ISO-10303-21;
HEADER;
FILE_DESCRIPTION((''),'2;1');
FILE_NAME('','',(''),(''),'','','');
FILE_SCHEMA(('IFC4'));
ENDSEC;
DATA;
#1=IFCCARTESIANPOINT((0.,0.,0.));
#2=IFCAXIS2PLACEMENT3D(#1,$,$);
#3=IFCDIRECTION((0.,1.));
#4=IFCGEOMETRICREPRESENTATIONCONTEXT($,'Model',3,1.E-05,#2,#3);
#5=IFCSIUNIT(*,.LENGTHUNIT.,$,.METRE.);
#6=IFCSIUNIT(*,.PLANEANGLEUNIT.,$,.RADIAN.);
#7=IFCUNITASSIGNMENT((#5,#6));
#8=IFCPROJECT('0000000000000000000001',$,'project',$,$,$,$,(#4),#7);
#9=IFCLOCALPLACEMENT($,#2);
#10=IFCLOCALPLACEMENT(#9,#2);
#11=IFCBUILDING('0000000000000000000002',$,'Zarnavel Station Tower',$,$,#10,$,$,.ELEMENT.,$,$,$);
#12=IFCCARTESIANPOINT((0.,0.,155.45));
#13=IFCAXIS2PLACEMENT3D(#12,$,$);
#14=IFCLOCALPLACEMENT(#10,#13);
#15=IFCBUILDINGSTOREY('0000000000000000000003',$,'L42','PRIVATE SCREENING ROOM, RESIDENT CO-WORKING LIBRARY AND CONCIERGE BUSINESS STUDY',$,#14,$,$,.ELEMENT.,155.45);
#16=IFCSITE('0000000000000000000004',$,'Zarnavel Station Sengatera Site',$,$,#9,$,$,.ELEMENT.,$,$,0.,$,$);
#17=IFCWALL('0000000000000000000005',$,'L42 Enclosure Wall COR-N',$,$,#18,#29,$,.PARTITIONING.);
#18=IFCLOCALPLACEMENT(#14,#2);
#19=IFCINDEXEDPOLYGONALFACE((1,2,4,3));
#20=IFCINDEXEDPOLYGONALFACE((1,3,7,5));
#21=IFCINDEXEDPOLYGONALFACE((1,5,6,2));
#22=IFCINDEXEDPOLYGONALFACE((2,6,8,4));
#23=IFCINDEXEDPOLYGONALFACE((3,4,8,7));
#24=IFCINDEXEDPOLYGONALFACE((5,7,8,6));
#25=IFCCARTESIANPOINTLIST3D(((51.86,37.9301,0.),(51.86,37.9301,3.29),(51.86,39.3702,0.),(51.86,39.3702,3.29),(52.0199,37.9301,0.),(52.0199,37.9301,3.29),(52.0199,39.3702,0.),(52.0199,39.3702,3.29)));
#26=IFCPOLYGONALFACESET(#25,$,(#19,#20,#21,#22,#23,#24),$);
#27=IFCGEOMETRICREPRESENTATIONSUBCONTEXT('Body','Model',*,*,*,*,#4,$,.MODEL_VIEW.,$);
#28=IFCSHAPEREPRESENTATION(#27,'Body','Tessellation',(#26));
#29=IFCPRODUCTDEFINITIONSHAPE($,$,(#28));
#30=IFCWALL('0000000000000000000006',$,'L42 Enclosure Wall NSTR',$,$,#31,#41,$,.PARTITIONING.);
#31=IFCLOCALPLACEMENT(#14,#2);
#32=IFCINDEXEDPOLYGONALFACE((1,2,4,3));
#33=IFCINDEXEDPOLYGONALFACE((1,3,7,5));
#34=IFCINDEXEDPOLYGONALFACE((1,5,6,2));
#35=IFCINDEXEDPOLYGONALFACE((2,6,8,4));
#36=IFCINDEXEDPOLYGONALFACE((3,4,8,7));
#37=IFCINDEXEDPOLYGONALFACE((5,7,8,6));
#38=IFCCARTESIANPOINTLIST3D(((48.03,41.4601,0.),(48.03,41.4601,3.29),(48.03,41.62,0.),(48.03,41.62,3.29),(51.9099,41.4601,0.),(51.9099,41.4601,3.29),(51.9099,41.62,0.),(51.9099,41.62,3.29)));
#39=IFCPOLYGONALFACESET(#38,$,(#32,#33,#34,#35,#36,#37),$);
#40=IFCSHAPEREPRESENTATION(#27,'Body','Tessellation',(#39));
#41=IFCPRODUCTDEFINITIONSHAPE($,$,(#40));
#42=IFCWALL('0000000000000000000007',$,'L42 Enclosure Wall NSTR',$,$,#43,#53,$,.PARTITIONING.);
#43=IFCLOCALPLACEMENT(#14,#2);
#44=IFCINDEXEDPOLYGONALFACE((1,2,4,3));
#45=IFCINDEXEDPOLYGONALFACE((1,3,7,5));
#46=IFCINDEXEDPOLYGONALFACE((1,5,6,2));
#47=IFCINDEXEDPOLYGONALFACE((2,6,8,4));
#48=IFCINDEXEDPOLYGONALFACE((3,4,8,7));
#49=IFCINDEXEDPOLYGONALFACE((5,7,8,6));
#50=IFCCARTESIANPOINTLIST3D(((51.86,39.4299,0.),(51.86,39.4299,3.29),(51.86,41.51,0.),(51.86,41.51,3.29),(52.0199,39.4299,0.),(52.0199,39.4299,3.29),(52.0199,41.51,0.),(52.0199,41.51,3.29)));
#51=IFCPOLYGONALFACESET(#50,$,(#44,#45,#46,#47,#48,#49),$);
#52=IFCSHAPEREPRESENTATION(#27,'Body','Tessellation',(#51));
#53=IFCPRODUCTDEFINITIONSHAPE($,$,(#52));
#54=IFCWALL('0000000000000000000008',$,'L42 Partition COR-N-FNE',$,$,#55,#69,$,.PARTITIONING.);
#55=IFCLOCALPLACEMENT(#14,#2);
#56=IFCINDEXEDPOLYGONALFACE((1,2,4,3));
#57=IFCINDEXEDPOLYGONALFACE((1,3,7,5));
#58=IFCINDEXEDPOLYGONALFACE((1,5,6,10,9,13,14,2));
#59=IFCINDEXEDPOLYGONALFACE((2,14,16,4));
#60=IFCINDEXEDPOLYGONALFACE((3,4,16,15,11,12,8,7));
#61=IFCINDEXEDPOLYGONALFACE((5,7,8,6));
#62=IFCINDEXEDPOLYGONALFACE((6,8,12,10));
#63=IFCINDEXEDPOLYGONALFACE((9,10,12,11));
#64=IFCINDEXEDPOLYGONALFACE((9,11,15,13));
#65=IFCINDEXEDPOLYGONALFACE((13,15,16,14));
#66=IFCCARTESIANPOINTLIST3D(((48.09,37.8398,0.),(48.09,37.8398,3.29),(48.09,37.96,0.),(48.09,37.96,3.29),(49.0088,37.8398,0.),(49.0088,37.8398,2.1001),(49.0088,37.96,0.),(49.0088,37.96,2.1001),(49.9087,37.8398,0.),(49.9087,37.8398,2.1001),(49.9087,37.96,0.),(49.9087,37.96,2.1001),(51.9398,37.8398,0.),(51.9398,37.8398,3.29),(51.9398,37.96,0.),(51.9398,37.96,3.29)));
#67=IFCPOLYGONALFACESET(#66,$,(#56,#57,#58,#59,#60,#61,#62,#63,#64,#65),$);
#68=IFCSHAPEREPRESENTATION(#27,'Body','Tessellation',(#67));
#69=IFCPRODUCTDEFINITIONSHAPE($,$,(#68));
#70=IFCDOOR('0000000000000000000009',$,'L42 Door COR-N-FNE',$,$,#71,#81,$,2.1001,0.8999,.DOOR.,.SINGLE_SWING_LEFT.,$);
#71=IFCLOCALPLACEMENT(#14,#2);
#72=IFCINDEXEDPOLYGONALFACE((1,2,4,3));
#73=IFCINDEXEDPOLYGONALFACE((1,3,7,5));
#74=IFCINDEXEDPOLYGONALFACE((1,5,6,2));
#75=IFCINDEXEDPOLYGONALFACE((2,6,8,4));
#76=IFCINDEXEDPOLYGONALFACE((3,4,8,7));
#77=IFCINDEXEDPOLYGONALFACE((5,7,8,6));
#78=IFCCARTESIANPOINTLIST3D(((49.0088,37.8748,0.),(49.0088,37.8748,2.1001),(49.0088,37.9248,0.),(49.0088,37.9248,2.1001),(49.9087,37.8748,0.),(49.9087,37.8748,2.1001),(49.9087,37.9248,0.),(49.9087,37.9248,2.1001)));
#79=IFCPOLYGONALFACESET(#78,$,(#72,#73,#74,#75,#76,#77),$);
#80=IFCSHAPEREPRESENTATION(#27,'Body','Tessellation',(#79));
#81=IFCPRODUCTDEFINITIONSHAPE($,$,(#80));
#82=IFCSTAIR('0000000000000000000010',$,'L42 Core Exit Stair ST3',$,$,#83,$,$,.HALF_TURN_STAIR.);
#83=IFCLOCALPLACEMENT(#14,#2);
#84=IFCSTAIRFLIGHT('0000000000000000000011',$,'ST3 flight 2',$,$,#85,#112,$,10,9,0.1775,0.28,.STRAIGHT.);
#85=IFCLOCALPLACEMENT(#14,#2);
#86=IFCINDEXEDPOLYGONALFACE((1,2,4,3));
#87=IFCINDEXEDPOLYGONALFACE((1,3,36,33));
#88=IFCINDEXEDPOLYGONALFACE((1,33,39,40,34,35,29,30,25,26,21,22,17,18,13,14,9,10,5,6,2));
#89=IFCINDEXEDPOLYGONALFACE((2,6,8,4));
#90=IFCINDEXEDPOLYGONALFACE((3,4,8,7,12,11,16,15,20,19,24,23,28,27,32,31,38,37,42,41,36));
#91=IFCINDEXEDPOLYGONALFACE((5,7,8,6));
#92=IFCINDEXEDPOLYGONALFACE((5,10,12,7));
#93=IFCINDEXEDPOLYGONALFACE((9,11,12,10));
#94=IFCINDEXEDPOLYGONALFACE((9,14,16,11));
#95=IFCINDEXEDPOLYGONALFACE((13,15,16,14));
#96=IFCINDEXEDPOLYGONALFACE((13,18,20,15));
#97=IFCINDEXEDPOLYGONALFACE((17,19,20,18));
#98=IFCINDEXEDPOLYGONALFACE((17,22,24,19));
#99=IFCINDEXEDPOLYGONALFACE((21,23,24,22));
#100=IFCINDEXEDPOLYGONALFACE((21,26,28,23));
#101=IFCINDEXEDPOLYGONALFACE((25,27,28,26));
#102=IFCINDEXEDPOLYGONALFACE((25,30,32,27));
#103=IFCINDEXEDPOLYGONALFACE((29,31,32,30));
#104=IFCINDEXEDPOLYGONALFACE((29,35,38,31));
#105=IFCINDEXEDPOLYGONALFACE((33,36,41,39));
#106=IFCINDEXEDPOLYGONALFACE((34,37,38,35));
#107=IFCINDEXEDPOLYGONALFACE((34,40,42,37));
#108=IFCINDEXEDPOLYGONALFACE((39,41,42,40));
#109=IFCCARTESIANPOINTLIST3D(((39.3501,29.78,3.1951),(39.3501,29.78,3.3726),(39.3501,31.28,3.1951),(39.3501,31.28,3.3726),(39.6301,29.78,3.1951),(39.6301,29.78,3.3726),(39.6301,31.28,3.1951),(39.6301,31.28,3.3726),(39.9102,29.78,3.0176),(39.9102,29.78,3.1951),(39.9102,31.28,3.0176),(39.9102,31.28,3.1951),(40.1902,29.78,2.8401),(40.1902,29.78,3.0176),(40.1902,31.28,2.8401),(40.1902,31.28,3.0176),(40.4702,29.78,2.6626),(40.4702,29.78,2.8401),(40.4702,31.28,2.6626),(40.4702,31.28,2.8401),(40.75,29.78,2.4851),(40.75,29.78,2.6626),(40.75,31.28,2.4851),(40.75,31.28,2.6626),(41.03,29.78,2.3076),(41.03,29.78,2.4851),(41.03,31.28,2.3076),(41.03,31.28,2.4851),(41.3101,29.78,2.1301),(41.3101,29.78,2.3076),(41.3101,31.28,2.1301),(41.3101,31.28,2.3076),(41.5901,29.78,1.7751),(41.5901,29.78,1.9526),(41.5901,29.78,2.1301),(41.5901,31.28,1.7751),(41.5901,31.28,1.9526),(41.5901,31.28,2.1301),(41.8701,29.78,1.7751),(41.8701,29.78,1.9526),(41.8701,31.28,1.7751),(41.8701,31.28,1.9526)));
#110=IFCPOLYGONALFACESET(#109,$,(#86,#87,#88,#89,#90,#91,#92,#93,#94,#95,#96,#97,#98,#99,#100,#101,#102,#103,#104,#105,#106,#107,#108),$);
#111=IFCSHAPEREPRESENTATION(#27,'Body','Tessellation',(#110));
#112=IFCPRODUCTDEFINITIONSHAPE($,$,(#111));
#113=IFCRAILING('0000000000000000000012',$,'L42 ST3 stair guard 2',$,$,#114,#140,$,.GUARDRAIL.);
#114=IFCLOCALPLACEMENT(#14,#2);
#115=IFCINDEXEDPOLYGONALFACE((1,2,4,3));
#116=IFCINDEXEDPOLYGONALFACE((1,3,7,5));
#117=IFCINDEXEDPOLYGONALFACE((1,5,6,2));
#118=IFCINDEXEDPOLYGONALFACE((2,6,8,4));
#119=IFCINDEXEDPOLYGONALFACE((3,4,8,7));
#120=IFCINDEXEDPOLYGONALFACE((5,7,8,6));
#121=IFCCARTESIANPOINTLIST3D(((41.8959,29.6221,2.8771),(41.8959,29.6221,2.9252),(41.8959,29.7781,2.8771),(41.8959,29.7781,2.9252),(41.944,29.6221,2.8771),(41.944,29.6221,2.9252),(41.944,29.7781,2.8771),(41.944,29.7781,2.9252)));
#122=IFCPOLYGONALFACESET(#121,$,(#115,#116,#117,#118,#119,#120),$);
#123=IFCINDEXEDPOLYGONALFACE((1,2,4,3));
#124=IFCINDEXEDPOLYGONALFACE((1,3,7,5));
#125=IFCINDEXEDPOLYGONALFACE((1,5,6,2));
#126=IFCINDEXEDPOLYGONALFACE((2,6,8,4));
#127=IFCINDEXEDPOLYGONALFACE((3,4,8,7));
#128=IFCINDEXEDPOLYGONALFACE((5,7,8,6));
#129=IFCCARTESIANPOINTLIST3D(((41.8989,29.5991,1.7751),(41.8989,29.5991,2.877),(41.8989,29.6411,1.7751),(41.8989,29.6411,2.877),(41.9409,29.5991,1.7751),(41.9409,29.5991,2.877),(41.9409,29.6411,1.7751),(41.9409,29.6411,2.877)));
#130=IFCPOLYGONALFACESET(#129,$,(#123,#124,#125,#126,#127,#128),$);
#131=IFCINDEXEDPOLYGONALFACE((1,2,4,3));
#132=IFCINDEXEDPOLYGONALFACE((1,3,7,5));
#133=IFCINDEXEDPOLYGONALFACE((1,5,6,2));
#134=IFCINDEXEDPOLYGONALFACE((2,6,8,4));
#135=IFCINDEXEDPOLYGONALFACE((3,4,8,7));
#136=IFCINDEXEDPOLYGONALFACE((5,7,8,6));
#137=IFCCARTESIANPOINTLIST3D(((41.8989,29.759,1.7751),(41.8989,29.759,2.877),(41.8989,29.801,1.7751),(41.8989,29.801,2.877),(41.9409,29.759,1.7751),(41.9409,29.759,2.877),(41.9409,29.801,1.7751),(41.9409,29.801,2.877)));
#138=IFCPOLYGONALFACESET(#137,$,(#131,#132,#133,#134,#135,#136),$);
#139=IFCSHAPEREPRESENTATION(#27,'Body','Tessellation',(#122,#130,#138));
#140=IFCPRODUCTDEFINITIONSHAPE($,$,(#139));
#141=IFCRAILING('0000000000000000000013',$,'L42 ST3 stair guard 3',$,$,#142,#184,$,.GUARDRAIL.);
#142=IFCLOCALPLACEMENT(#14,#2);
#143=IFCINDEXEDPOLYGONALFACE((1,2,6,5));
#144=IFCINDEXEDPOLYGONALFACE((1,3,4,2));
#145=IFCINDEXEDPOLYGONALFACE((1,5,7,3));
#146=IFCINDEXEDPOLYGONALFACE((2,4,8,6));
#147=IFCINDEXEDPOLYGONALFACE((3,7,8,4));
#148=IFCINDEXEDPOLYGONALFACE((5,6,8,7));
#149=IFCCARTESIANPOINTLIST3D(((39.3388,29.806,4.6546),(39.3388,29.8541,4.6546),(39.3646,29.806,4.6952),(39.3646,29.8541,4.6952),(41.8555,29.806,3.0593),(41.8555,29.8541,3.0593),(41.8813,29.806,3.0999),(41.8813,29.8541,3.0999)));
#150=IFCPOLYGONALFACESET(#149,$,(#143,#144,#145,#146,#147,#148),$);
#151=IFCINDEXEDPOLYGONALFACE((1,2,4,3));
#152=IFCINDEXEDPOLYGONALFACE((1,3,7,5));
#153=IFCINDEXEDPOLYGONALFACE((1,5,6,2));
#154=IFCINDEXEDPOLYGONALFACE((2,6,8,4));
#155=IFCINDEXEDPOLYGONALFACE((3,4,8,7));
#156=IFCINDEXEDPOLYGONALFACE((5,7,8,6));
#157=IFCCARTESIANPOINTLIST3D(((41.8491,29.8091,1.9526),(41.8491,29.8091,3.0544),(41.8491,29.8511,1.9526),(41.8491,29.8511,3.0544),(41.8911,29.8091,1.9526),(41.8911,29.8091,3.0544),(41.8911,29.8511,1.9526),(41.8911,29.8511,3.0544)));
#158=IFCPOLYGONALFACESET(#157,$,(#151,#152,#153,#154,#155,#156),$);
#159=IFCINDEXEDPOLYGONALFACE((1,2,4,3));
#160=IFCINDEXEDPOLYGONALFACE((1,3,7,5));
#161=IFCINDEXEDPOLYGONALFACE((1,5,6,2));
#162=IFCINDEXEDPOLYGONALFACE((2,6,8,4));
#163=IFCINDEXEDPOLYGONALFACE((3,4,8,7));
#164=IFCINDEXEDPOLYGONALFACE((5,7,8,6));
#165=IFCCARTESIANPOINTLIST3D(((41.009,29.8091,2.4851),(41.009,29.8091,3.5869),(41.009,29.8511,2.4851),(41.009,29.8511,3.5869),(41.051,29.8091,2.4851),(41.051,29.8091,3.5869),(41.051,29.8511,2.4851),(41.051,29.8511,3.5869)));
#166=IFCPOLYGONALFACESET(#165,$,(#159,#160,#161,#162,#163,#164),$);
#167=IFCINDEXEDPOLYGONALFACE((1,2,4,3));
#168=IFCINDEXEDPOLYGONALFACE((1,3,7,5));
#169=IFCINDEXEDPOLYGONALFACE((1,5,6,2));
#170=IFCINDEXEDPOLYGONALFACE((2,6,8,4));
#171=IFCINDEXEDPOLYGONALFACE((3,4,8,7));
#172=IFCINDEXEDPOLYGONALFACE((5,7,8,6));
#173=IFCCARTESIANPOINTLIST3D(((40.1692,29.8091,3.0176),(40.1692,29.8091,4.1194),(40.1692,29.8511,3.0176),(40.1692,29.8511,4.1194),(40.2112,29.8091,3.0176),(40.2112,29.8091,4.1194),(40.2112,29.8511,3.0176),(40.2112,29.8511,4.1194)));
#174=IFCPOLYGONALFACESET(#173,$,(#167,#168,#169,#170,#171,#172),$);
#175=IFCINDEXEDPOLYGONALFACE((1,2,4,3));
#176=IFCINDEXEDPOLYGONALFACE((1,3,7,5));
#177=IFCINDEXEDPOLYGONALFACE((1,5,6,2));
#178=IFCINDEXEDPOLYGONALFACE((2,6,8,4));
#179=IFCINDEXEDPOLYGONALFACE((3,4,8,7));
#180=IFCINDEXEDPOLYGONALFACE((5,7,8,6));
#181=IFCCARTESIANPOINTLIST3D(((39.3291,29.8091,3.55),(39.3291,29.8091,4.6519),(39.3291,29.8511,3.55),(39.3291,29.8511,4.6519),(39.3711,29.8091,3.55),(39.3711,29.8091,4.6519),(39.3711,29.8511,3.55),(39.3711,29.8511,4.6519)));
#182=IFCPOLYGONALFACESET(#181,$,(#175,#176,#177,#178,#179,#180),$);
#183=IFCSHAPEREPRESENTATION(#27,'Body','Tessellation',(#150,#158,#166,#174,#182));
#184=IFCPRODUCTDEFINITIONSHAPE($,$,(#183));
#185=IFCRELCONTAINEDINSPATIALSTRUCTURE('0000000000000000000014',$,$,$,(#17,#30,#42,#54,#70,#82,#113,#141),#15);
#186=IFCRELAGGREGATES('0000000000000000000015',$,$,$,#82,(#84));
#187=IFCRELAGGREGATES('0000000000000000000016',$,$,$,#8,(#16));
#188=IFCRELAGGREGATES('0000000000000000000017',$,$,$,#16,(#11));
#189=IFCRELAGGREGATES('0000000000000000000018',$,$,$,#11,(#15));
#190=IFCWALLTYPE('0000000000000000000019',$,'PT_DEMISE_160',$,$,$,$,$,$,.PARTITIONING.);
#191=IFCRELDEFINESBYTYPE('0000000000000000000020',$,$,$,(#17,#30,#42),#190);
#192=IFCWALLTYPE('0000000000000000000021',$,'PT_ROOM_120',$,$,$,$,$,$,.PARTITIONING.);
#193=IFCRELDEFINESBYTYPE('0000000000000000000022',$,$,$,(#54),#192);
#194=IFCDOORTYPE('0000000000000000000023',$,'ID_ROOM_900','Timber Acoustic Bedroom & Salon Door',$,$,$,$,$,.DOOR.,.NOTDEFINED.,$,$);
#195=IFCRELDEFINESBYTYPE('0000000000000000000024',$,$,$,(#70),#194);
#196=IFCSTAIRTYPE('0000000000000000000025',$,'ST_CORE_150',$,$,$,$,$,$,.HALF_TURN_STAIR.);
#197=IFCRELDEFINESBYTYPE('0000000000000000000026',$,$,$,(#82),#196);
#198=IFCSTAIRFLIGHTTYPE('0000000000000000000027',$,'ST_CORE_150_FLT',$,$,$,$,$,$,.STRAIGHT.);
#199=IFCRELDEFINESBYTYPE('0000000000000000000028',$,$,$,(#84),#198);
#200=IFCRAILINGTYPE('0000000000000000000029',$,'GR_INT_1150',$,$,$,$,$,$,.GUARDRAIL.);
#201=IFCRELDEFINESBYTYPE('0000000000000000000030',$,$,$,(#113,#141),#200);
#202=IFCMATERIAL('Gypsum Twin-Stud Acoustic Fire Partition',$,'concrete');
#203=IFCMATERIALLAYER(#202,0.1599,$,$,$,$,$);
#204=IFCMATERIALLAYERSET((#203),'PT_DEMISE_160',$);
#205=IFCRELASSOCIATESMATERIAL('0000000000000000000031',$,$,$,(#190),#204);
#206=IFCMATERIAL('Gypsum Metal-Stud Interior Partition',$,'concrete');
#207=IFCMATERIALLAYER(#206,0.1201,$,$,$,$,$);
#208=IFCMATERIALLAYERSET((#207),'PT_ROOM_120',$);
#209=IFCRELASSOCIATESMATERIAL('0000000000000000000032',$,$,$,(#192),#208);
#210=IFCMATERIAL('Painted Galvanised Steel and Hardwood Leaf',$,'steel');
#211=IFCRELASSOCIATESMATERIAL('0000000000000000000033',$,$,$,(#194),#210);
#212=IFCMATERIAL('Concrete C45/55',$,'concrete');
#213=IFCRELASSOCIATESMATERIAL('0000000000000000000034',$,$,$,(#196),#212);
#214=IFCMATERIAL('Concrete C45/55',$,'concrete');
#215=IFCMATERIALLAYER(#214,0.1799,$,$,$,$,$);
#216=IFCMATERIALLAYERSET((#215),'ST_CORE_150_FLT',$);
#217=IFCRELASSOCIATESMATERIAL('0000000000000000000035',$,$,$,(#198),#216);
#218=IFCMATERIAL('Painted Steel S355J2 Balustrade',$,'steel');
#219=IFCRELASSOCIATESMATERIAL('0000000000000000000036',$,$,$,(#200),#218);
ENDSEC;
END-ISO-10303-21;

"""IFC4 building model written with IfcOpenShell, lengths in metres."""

from ifc_helpers import new_model, si_unit, direction, frame, frame_2d, origin, origin_2d, place, context, subcontext, project, spatial, polyline, rectangle, outline, extrude, material, layer, layer_set, type_object, element, fill, aggregate, save


model = new_model("IFC4")

# Units and contexts
model_context = context("Model", 3, precision=1e-05, world=origin(), true_north=direction((0.0, 1.0)))
body_context = subcontext(model_context, "Body", "Model", "MODEL_VIEW")
ifc_project = project(units=[si_unit("LENGTHUNIT", "METRE"), si_unit("PLANEANGLEUNIT", "RADIAN")], contexts=[model_context])

# Site, building, storey
site_placement = place(None, origin())
site = spatial("IfcSite", under=ifc_project, at=site_placement, Name="Zarnavel Station Sengatera Site", CompositionType="ELEMENT", RefElevation=0.0)
building_placement = place(site_placement, origin())
building = spatial("IfcBuilding", under=site, at=building_placement, Name="Zarnavel Station Tower", CompositionType="ELEMENT")
storey_placement = place(building_placement, frame((0.0, 0.0, 155.45)))
storey = spatial("IfcBuildingStorey", under=building, at=storey_placement, Name="L42", Description="PRIVATE SCREENING ROOM, RESIDENT CO-WORKING LIBRARY AND CONCIERGE BUSINESS STUDY", CompositionType="ELEMENT", Elevation=155.45)

# Walls
ifc_material_1 = material(Name="Gypsum Twin-Stud Acoustic Fire Partition", Category="concrete")
ifc_layer_1 = layer(ifc_material_1, 0.1599)
ifc_layer_set_1 = layer_set([ifc_layer_1], Name="PT_DEMISE_160")
wall_type_1 = type_object("IfcWallType", Name="PT_DEMISE_160", PredefinedType="PARTITIONING", material=ifc_layer_set_1)
wall_1_placement = place(storey_placement, frame((51.9399, 37.9299, 0.0), z_axis=(0.0, 0.0, 1.0), x_axis=(0.0, 1.0, 0.0)))
element("IfcWall", 1, at=wall_1_placement, inside=storey, type_object=wall_type_1, Name="L42 Enclosure Wall COR-N", PredefinedType="PARTITIONING", context=body_context, shape_type="SweptSolid", body=[
    extrude(rectangle(XDim=1.4402, YDim=0.1599, at=frame_2d((0.7202, 0.0))), origin(), (0.0, 0.0, 1.0), 3.29),
])
wall_2_placement = place(storey_placement, frame((48.03, 41.54, 0.0), z_axis=(0.0, 0.0, 1.0), x_axis=(1.0, 0.0, 0.0)))
element("IfcWall", 2, at=wall_2_placement, inside=storey, type_object=wall_type_1, Name="L42 Enclosure Wall NSTR", PredefinedType="PARTITIONING", context=body_context, shape_type="SweptSolid", body=[
    extrude(rectangle(XDim=3.8799, YDim=0.1599, at=frame_2d((1.9399, 0.0))), origin(), (0.0, 0.0, 1.0), 3.29),
])
wall_3_placement = place(storey_placement, frame((51.9399, 39.4299, 0.0), z_axis=(0.0, 0.0, 1.0), x_axis=(0.0, 1.0, 0.0)))
element("IfcWall", 3, at=wall_3_placement, inside=storey, type_object=wall_type_1, Name="L42 Enclosure Wall NSTR", PredefinedType="PARTITIONING", context=body_context, shape_type="SweptSolid", body=[
    extrude(rectangle(XDim=2.0801, YDim=0.1599, at=frame_2d((1.04, 0.0))), origin(), (0.0, 0.0, 1.0), 3.29),
])

# Wall, opening, door
ifc_material_2 = material(Name="Gypsum Metal-Stud Interior Partition", Category="concrete")
ifc_layer_2 = layer(ifc_material_2, 0.1201)
ifc_layer_set_2 = layer_set([ifc_layer_2], Name="PT_ROOM_120")
wall_type_2 = type_object("IfcWallType", Name="PT_ROOM_120", PredefinedType="PARTITIONING", material=ifc_layer_set_2)
wall_4_placement = place(storey_placement, frame((48.0901, 37.8999, 0.0), z_axis=(0.0, 0.0, 1.0), x_axis=(1.0, 0.0, 0.0)))
wall_4 = element("IfcWall", 4, at=wall_4_placement, inside=storey, type_object=wall_type_2, Name="L42 Partition COR-N-FNE", PredefinedType="PARTITIONING", context=body_context, shape_type="SweptSolid", body=[
    extrude(rectangle(XDim=3.8499, YDim=0.1201, at=frame_2d((1.9248, 0.0))), origin(), (0.0, 0.0, 1.0), 3.29),
])
opening_1_placement = place(wall_4_placement, frame((0.9187, 0.0, 0.0)))
opening_1 = element("IfcOpeningElement", 5, at=opening_1_placement, cuts=wall_4, PredefinedType="OPENING", context=body_context, shape_type="SweptSolid", body=[
    extrude(rectangle(XDim=0.8999, YDim=2.1001, at=frame_2d((0.45, 1.05))), frame((0.0, 0.0701, 0.0), z_axis=(0.0, -1.0, 0.0), x_axis=(1.0, 0.0, 0.0)), (0.0, 0.0, 1.0), 0.1401),
])
ifc_material_3 = material(Name="Painted Galvanised Steel and Hardwood Leaf", Category="steel")
door_type_1 = type_object("IfcDoorType", Name="ID_ROOM_900", Description="Timber Acoustic Bedroom & Salon Door", OperationType="NOTDEFINED", PredefinedType="DOOR", material=ifc_material_3)
door_1_placement = place(opening_1_placement, origin())
door_1 = element("IfcDoor", 6, at=door_1_placement, inside=storey, type_object=door_type_1, Name="L42 Door COR-N-FNE", OperationType="SINGLE_SWING_LEFT", OverallHeight=2.1001, OverallWidth=0.8999, PredefinedType="DOOR", context=body_context, shape_type="SweptSolid", body=[
    extrude(rectangle(XDim=0.8999, YDim=2.1001, at=frame_2d((0.45, 1.05))), frame((0.0, 0.0249, 0.0), z_axis=(0.0, -1.0, 0.0), x_axis=(1.0, 0.0, 0.0)), (0.0, 0.0, 1.0), 0.05),
])
fill(opening_1, door_1)

# Stair, stair flight
ifc_material_4 = material(Name="Concrete C45/55", Category="concrete")
stair_type = type_object("IfcStairType", Name="ST_CORE_150", PredefinedType="HALF_TURN_STAIR", material=ifc_material_4)
stair_placement = place(storey_placement, origin())
stair = element("IfcStair", 7, at=stair_placement, inside=storey, type_object=stair_type, Name="L42 Core Exit Stair ST3", PredefinedType="HALF_TURN_STAIR")
ifc_material_5 = material(Name="Concrete C45/55", Category="concrete")
ifc_layer_3 = layer(ifc_material_5, 0.1799)
ifc_layer_set_3 = layer_set([ifc_layer_3], Name="ST_CORE_150_FLT")
stair_flight_type = type_object("IfcStairFlightType", Name="ST_CORE_150_FLT", PredefinedType="STRAIGHT", material=ifc_layer_set_3)
stair_flight_placement = place(storey_placement, frame((41.8701, 30.53, 1.7751), z_axis=(0.0, 0.0, 1.0), x_axis=(-1.0, 0.0, 0.0)))
stair_flight = element("IfcStairFlight", 8, at=stair_flight_placement, type_object=stair_flight_type, Name="ST3 flight 2", NumberOfRisers=10, NumberOfTreads=9, PredefinedType="STRAIGHT", RiserHeight=0.1775, TreadLength=0.28, context=body_context, shape_type="SweptSolid", body=[
    extrude(outline(polyline([(0.0, 0.0), (0.0, 0.1775), (0.28, 0.1775), (0.28, 0.355), (0.5601, 0.355), (0.5601, 0.5325), (0.8401, 0.5325), (0.8401, 0.71), (1.1201, 0.71), (1.1201, 0.8875), (1.3999, 0.8875), (1.3999, 1.0649), (1.6799, 1.0649), (1.6799, 1.2424), (1.96, 1.2424), (1.96, 1.4199), (2.24, 1.4199), (2.24, 1.5974), (2.52, 1.5974), (2.52, 1.7749), (2.52, 1.4199), (0.28, 0.0), (0.0, 0.0)])), frame((0.0, 0.75, 0.0), z_axis=(0.0, -1.0, 0.0), x_axis=(1.0, 0.0, 0.0)), (0.0, 0.0, 1.0), 1.5),
])
aggregate(stair, [stair_flight])

# Railings
ifc_material_6 = material(Name="Painted Steel S355J2 Balustrade", Category="steel")
railing_type_1 = type_object("IfcRailingType", Name="GR_INT_1150", PredefinedType="GUARDRAIL", material=ifc_material_6)
railing_1_placement = place(storey_placement, frame((41.9199, 29.6201, 1.7751)))
element("IfcRailing", 9, at=railing_1_placement, inside=storey, type_object=railing_type_1, Name="L42 ST3 stair guard 2", PredefinedType="GUARDRAIL", context=body_context, shape_type="SweptSolid", body=[
    extrude(rectangle(XDim=0.0481, YDim=0.0481, at=origin_2d()), frame((0.0, 0.002, 1.126), z_axis=(0.0, 1.0, 0.0), x_axis=(-1.0, 0.0, 0.0)), (0.0, 0.0, 1.0), 0.156),
    extrude(rectangle(XDim=0.042, YDim=0.042, at=origin_2d()), origin(), (0.0, 0.0, 1.0), 1.1018),
    extrude(rectangle(XDim=0.042, YDim=0.042, at=origin_2d()), frame((0.0, 0.1599, 0.0)), (0.0, 0.0, 1.0), 1.1018),
])
railing_2_placement = place(storey_placement, frame((41.8701, 29.8301, 1.9526)))
element("IfcRailing", 10, at=railing_2_placement, inside=storey, type_object=railing_type_1, Name="L42 ST3 stair guard 3", PredefinedType="GUARDRAIL", context=body_context, shape_type="SweptSolid", body=[
    extrude(rectangle(XDim=0.0481, YDim=0.0481, at=origin_2d()), frame((-0.0017, 0.0, 1.127), z_axis=(-0.844607, 0.0, 0.535387), x_axis=(0.0, -1.0, 0.0)), (0.0, 0.0, 1.0), 2.9797),
    extrude(rectangle(XDim=0.042, YDim=0.042, at=origin_2d()), origin(), (0.0, 0.0, 1.0), 1.1018),
    extrude(rectangle(XDim=0.042, YDim=0.042, at=origin_2d()), frame((-0.8401, 0.0, 0.5325)), (0.0, 0.0, 1.0), 1.1018),
    extrude(rectangle(XDim=0.042, YDim=0.042, at=origin_2d()), frame((-1.6799, 0.0, 1.0649)), (0.0, 0.0, 1.0), 1.1018),
    extrude(rectangle(XDim=0.042, YDim=0.042, at=origin_2d()), frame((-2.52, 0.0, 1.5974)), (0.0, 0.0, 1.0), 1.1018),
])

save(model, "model.ifc")
